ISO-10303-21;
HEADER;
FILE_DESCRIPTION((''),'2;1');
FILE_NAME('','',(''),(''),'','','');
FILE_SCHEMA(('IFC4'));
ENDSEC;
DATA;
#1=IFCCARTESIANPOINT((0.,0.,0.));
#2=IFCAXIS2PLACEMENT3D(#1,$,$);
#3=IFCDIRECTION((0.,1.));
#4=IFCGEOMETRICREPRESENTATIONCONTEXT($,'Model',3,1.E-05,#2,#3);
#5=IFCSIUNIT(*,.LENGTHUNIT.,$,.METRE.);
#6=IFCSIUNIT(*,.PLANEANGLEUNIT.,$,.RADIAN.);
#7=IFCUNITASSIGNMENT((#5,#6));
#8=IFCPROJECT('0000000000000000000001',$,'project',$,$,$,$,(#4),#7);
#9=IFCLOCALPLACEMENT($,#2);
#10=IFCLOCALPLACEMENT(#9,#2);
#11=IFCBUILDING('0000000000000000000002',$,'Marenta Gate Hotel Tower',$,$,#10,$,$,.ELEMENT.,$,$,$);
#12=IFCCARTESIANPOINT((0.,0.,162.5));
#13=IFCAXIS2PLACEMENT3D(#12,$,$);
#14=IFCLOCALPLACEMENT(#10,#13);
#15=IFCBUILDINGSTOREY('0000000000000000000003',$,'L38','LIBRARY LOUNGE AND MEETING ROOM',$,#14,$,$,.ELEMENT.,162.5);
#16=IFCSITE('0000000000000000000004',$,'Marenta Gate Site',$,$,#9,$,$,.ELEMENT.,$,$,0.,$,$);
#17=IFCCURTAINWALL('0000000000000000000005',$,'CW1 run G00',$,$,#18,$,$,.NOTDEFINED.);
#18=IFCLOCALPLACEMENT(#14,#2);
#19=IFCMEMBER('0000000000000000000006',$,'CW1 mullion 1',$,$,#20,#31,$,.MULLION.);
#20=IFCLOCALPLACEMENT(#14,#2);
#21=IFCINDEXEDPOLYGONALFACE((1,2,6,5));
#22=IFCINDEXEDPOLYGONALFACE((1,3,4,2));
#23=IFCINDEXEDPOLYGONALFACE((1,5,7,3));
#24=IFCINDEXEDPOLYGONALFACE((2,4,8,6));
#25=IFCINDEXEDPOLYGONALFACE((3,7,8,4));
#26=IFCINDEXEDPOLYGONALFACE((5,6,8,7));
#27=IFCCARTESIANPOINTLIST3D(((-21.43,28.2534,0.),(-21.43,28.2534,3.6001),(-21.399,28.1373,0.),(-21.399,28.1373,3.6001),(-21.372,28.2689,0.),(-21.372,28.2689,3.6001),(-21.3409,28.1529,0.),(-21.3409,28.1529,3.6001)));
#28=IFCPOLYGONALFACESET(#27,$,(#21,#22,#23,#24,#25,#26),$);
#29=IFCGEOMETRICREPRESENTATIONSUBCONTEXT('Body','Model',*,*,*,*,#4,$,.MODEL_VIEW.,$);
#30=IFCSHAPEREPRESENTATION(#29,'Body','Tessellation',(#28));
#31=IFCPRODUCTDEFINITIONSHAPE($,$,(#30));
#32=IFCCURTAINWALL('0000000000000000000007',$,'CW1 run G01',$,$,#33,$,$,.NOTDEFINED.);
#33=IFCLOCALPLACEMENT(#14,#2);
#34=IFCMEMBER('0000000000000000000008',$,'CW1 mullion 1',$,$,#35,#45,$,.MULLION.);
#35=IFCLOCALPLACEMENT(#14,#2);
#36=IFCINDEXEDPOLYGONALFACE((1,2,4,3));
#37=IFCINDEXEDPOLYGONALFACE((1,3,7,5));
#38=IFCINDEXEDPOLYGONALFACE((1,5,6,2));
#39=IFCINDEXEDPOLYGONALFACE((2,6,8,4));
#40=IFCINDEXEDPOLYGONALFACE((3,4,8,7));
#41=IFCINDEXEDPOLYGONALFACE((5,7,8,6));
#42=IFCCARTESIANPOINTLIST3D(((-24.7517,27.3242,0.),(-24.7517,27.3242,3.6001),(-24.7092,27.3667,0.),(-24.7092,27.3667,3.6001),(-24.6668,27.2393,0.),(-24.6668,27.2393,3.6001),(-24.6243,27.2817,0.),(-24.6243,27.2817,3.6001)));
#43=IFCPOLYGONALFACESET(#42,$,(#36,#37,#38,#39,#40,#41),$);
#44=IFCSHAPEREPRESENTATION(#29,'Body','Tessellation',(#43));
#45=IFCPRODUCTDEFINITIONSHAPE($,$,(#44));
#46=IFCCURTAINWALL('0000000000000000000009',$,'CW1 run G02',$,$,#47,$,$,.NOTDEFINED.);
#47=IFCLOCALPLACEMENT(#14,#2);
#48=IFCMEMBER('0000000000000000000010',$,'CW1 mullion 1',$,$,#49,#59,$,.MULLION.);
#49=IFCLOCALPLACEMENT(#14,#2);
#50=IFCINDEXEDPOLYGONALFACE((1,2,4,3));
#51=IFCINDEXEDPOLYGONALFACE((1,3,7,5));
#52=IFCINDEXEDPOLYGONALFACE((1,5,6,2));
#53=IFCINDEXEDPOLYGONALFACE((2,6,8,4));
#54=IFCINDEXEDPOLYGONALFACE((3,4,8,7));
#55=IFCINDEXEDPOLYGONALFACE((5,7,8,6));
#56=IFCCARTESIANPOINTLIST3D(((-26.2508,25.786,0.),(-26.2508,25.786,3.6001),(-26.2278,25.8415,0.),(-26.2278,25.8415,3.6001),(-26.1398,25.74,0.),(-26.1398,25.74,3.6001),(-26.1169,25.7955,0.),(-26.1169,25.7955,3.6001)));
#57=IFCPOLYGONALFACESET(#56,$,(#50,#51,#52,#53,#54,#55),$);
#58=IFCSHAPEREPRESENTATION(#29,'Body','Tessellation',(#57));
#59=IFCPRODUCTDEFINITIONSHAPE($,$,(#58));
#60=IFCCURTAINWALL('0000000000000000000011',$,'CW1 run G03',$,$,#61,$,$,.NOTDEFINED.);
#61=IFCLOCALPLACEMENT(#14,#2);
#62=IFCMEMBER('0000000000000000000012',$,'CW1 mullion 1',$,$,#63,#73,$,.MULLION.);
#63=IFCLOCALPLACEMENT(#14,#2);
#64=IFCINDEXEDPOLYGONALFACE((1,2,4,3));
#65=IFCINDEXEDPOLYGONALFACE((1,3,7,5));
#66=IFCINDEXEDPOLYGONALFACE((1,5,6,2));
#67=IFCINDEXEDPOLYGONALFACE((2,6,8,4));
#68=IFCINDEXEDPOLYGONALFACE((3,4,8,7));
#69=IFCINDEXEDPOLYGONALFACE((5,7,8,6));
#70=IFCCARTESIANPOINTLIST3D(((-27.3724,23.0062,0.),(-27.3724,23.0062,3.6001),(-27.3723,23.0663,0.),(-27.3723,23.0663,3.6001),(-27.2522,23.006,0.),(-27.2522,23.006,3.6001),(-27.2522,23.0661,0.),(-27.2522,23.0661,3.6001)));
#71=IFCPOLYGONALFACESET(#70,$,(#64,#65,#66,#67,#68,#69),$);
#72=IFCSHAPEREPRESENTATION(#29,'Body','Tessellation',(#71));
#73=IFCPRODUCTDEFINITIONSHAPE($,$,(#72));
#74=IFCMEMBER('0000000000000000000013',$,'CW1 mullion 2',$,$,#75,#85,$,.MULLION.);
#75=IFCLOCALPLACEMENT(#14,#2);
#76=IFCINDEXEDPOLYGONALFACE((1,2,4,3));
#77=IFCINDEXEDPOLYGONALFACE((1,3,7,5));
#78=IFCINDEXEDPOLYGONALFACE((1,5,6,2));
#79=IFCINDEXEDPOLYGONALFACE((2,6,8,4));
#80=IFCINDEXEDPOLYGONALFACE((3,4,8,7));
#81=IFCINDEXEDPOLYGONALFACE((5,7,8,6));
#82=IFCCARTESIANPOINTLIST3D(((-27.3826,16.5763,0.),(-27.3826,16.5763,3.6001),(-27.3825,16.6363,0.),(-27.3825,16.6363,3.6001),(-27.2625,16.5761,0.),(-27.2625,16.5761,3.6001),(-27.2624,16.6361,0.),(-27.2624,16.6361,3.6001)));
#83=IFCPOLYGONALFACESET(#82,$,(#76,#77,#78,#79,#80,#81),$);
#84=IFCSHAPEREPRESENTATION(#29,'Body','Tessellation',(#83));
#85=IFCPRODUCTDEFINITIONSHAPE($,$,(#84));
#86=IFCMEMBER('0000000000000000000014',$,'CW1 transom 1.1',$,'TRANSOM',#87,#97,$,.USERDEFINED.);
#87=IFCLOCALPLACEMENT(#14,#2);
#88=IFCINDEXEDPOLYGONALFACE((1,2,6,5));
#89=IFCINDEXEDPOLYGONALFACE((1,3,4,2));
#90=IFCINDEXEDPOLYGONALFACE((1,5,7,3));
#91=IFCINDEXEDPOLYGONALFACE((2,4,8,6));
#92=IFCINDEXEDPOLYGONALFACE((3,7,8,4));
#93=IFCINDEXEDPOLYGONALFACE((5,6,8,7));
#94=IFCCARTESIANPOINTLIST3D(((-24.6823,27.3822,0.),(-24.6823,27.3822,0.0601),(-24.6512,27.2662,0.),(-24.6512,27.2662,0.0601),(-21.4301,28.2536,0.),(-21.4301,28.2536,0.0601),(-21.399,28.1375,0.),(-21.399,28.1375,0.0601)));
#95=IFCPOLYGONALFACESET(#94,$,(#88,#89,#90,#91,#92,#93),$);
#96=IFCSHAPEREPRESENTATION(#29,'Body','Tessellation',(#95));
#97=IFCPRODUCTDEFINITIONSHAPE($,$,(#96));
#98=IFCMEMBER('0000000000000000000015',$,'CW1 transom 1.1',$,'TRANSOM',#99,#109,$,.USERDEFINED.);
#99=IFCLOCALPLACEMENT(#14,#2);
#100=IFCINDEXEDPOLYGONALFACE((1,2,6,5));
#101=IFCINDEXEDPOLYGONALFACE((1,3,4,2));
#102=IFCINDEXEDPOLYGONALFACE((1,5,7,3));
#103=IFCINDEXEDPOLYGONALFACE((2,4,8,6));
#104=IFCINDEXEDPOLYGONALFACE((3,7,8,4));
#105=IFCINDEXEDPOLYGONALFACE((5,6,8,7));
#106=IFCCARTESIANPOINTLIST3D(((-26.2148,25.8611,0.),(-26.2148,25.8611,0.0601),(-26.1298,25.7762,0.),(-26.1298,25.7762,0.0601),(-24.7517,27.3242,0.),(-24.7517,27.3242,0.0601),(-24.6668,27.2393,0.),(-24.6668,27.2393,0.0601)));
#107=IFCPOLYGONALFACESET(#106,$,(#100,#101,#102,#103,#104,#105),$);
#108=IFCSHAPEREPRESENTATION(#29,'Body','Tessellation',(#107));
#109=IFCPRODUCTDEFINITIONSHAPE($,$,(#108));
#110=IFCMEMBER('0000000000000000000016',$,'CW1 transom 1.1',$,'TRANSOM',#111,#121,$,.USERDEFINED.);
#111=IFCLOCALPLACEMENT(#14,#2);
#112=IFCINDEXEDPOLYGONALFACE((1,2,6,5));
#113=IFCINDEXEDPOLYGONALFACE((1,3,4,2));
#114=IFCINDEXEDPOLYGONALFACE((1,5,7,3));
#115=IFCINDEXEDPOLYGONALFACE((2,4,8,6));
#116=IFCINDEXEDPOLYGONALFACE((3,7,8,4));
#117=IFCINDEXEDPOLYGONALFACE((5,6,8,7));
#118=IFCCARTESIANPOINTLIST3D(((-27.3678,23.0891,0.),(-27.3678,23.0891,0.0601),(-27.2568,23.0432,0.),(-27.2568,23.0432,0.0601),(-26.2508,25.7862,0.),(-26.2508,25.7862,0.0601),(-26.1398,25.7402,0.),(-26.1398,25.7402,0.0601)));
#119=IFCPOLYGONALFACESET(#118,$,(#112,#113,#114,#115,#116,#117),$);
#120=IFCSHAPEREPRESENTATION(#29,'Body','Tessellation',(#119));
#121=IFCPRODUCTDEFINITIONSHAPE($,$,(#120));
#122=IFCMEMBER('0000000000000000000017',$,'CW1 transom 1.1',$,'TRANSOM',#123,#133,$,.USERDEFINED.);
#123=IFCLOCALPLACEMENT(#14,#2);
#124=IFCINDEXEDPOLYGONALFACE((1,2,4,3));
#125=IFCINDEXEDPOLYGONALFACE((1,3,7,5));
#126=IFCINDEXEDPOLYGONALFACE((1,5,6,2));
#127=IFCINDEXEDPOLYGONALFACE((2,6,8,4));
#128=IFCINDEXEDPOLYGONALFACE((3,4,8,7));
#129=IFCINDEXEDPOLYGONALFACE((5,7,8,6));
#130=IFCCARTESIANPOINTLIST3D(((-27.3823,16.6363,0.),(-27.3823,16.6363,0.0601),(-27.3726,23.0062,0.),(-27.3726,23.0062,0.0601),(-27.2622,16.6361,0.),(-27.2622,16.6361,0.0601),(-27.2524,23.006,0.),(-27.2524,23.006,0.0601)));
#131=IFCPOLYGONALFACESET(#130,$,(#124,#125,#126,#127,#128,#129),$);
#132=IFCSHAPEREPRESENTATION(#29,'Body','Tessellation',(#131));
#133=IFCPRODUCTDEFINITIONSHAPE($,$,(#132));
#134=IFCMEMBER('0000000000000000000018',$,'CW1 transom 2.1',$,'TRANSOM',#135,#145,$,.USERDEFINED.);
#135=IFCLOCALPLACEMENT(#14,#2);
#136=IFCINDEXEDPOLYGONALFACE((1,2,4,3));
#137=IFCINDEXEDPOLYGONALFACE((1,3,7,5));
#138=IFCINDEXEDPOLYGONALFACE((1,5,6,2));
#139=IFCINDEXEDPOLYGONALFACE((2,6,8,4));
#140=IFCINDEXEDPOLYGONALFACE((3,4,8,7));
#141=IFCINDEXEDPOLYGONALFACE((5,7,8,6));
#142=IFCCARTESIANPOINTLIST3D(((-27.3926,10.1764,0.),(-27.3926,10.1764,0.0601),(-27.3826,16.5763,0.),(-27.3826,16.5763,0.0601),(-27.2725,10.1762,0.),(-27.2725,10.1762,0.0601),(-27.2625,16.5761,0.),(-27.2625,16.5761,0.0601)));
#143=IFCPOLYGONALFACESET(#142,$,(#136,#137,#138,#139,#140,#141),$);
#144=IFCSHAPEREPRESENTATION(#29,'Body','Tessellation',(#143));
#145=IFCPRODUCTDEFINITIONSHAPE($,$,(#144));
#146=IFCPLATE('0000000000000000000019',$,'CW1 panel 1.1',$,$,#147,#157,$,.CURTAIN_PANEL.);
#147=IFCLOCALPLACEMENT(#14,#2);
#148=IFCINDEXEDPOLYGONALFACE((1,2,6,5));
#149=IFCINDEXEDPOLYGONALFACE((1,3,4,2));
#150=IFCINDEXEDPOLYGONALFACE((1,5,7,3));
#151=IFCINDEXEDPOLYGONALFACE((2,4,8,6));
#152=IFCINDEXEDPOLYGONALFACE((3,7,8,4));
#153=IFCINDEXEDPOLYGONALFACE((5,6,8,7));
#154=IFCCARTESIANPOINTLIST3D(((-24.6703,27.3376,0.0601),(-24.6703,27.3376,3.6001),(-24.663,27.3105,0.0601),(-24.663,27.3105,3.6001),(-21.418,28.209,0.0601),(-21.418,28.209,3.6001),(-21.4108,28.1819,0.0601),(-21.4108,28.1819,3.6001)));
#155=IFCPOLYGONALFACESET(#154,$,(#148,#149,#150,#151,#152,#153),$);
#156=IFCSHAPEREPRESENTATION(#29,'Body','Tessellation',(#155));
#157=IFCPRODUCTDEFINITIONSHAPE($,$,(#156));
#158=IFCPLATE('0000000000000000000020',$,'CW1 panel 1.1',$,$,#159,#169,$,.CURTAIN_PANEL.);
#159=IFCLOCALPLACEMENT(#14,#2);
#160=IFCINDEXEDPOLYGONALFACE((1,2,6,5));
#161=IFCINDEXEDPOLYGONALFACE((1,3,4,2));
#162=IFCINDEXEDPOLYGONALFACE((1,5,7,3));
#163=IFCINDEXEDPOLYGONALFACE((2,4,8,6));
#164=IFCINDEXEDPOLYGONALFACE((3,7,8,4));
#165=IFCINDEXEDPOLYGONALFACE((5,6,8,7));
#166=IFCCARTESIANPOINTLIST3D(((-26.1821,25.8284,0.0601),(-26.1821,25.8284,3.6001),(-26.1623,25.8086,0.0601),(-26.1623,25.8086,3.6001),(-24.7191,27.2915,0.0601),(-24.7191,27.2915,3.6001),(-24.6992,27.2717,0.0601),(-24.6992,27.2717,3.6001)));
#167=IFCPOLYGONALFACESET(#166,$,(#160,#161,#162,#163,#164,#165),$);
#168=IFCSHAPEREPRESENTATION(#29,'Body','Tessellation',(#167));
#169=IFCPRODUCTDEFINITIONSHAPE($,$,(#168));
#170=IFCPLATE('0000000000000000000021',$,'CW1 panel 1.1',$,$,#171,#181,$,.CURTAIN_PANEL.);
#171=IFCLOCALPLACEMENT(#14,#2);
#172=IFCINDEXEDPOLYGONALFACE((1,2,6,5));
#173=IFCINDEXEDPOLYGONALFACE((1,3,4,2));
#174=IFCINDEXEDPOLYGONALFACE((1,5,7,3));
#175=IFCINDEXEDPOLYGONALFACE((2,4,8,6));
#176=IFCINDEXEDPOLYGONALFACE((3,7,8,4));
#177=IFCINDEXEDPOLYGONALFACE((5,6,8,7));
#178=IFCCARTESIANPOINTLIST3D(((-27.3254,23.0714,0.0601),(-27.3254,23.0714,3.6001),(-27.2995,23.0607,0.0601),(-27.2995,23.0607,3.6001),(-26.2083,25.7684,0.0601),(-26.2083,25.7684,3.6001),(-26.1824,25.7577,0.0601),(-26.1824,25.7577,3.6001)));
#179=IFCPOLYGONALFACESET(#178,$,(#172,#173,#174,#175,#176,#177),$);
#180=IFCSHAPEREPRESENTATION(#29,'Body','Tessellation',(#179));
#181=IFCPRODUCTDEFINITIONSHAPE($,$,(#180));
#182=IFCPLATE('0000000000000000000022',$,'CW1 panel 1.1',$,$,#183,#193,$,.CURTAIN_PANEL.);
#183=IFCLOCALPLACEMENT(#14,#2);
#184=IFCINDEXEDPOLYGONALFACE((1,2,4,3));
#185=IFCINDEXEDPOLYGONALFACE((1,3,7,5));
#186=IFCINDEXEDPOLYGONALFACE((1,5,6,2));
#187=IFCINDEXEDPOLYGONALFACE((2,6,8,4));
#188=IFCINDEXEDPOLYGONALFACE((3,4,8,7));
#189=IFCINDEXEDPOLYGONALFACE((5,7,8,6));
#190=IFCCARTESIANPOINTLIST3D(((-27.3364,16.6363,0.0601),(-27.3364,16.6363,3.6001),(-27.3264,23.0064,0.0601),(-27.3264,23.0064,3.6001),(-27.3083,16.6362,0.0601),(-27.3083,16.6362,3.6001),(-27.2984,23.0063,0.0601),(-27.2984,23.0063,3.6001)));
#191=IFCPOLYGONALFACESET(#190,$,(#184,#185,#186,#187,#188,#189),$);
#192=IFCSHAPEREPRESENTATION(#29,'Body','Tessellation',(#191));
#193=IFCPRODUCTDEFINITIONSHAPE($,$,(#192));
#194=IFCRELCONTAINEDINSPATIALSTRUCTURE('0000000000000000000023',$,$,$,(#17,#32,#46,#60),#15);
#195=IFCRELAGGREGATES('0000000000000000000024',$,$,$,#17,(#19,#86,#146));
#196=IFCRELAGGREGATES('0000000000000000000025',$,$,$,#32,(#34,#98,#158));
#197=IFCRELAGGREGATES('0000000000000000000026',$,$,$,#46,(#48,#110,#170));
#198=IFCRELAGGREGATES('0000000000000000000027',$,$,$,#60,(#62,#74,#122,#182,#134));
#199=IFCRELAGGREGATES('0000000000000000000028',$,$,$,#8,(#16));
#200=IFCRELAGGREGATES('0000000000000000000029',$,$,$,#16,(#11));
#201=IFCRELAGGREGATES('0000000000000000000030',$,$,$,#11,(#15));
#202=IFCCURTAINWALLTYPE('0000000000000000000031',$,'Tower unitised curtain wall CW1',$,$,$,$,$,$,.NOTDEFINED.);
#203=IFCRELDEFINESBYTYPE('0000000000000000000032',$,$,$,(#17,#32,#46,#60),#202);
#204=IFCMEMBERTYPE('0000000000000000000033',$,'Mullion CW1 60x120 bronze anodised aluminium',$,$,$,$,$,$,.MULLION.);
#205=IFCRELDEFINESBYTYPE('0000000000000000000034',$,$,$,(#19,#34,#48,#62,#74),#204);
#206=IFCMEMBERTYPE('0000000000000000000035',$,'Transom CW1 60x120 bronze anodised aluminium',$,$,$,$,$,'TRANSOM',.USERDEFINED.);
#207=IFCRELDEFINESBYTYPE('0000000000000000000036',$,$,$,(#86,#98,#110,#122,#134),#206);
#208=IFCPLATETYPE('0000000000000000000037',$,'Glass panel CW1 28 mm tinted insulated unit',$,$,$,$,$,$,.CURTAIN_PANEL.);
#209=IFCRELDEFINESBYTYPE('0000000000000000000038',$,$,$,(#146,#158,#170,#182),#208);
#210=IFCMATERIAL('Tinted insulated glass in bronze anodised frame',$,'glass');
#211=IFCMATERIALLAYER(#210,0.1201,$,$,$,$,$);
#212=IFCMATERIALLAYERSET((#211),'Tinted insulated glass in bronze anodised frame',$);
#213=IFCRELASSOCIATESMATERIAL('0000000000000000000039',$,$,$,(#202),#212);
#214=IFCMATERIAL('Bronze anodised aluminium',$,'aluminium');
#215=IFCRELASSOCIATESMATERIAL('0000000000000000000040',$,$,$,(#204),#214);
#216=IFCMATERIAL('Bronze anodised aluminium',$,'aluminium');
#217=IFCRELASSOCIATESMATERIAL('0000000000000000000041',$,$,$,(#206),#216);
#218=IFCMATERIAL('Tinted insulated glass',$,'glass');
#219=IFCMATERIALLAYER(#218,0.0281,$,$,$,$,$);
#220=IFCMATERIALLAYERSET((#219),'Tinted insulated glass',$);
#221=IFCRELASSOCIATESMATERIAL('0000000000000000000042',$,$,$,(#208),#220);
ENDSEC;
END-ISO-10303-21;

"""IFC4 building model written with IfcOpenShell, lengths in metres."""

from ifc_helpers import new_model, si_unit, direction, frame, origin, origin_2d, place, context, subcontext, project, spatial, rectangle, extrude, material, layer, layer_set, material_profile, profile_set, type_object, element, aggregate, save


model = new_model("IFC4")

# Units and contexts
model_context = context("Model", 3, precision=1e-05, world=origin(), true_north=direction((0.0, 1.0)))
body_context = subcontext(model_context, "Body", "Model", "MODEL_VIEW")
ifc_project = project(units=[si_unit("LENGTHUNIT", "METRE"), si_unit("PLANEANGLEUNIT", "RADIAN")], contexts=[model_context])

# Site, building, storey
site_placement = place(None, origin())
site = spatial("IfcSite", under=ifc_project, at=site_placement, Name="Marenta Gate Site", CompositionType="ELEMENT", RefElevation=0.0)
building_placement = place(site_placement, origin())
building = spatial("IfcBuilding", under=site, at=building_placement, Name="Marenta Gate Hotel Tower", CompositionType="ELEMENT")
storey_placement = place(building_placement, frame((0.0, 0.0, 162.5)))
storey = spatial("IfcBuildingStorey", under=building, at=storey_placement, Name="L38", Description="LIBRARY LOUNGE AND MEETING ROOM", CompositionType="ELEMENT", Elevation=162.5)

# Curtain walls, members
ifc_material_1 = material(Name="Tinted insulated glass in bronze anodised frame", Category="glass")
ifc_layer_1 = layer(ifc_material_1, 0.1201)
ifc_layer_set_1 = layer_set([ifc_layer_1], Name="Tinted insulated glass in bronze anodised frame")
curtain_wall_type = type_object("IfcCurtainWallType", Name="Tower unitised curtain wall CW1", PredefinedType="NOTDEFINED", material=ifc_layer_set_1)
curtain_wall_1_placement = place(storey_placement, origin())
curtain_wall_1 = element("IfcCurtainWall", 1, at=curtain_wall_1_placement, inside=storey, type_object=curtain_wall_type, Name="CW1 run G00", PredefinedType="NOTDEFINED")
ifc_material_2 = material(Name="Bronze anodised aluminium", Category="aluminium")
ifc_material_profile_1 = material_profile(ifc_material_2, rectangle(XDim=0.1201, YDim=0.0601, at=origin_2d()), Name="Mullion CW1 60x120 bronze anodised aluminium")
ifc_profile_set_1 = profile_set([ifc_material_profile_1], Name="Bronze anodised aluminium")
member_type_1 = type_object("IfcMemberType", Name="Mullion CW1 60x120 bronze anodised aluminium", PredefinedType="MULLION", material=ifc_profile_set_1)
member_1_placement = place(storey_placement, frame((-21.3855, 28.2031, 0.0), z_axis=(0.0, 0.0, 1.0), x_axis=(0.258801, -0.965931, 0.0)))
member_1 = element("IfcMember", 2, at=member_1_placement, type_object=member_type_1, Name="CW1 mullion 1", PredefinedType="MULLION", context=body_context, shape_type="SweptSolid", body=[
    extrude(rectangle(XDim=0.1201, YDim=0.0601, at=origin_2d()), origin(), (0.0, 0.0, 1.0), 3.6001),
])
curtain_wall_2_placement = place(storey_placement, origin())
curtain_wall_2 = element("IfcCurtainWall", 3, at=curtain_wall_2_placement, inside=storey, type_object=curtain_wall_type, Name="CW1 run G01", PredefinedType="NOTDEFINED")
member_2_placement = place(storey_placement, frame((-24.688, 27.303, 0.0), z_axis=(0.0, 0.0, 1.0), x_axis=(0.707107, -0.707107, 0.0)))
member_2 = element("IfcMember", 4, at=member_2_placement, type_object=member_type_1, Name="CW1 mullion 1", PredefinedType="MULLION", context=body_context, shape_type="SweptSolid", body=[
    extrude(rectangle(XDim=0.1201, YDim=0.0601, at=origin_2d()), origin(), (0.0, 0.0, 1.0), 3.6001),
])
curtain_wall_3_placement = place(storey_placement, origin())
curtain_wall_3 = element("IfcCurtainWall", 5, at=curtain_wall_3_placement, inside=storey, type_object=curtain_wall_type, Name="CW1 run G02", PredefinedType="NOTDEFINED")
member_3_placement = place(storey_placement, frame((-26.1838, 25.7908, 0.0), z_axis=(0.0, 0.0, 1.0), x_axis=(0.923884, -0.382672, 0.0)))
member_3 = element("IfcMember", 6, at=member_3_placement, type_object=member_type_1, Name="CW1 mullion 1", PredefinedType="MULLION", context=body_context, shape_type="SweptSolid", body=[
    extrude(rectangle(XDim=0.1201, YDim=0.0601, at=origin_2d()), origin(), (0.0, 0.0, 1.0), 3.6001),
])

# Curtain wall, members
curtain_wall_4_placement = place(storey_placement, origin())
curtain_wall_4 = element("IfcCurtainWall", 7, at=curtain_wall_4_placement, inside=storey, type_object=curtain_wall_type, Name="CW1 run G03", PredefinedType="NOTDEFINED")
member_4_placement = place(storey_placement, frame((-27.3123, 23.0361, 0.0), z_axis=(0.0, 0.0, 1.0), x_axis=(0.999999, -0.001566, 0.0)))
member_4 = element("IfcMember", 8, at=member_4_placement, type_object=member_type_1, Name="CW1 mullion 1", PredefinedType="MULLION", context=body_context, shape_type="SweptSolid", body=[
    extrude(rectangle(XDim=0.1201, YDim=0.0601, at=origin_2d()), origin(), (0.0, 0.0, 1.0), 3.6001),
])
member_5_placement = place(storey_placement, frame((-27.3225, 16.6062, 0.0), z_axis=(0.0, 0.0, 1.0), x_axis=(0.999999, -0.001566, 0.0)))
member_5 = element("IfcMember", 9, at=member_5_placement, type_object=member_type_1, Name="CW1 mullion 2", PredefinedType="MULLION", context=body_context, shape_type="SweptSolid", body=[
    extrude(rectangle(XDim=0.1201, YDim=0.0601, at=origin_2d()), origin(), (0.0, 0.0, 1.0), 3.6001),
])

# Members
ifc_material_3 = material(Name="Bronze anodised aluminium", Category="aluminium")
ifc_material_profile_2 = material_profile(ifc_material_3, rectangle(XDim=0.1201, YDim=0.0601, at=origin_2d()), Name="Transom CW1 60x120 bronze anodised aluminium")
ifc_profile_set_2 = profile_set([ifc_material_profile_2], Name="Bronze anodised aluminium")
member_type_2 = type_object("IfcMemberType", Name="Transom CW1 60x120 bronze anodised aluminium", ElementType="TRANSOM", PredefinedType="USERDEFINED", material=ifc_profile_set_2)
member_6_placement = place(storey_placement, frame((-21.4146, 28.1956, 0.03), z_axis=(-0.965932, -0.258795, 0.0), x_axis=(0.258795, -0.965932, 0.0)))
member_6 = element("IfcMember", 10, at=member_6_placement, type_object=member_type_2, Name="CW1 transom 1.1", ObjectType="TRANSOM", PredefinedType="USERDEFINED", context=body_context, shape_type="SweptSolid", body=[
    extrude(rectangle(XDim=0.1201, YDim=0.0601, at=origin_2d()), origin(), (0.0, 0.0, 1.0), 3.3669),
])
member_7_placement = place(storey_placement, frame((-24.7092, 27.2817, 0.03), z_axis=(-0.707107, -0.707107, 0.0), x_axis=(0.707107, -0.707107, 0.0)))
member_7 = element("IfcMember", 11, at=member_7_placement, type_object=member_type_2, Name="CW1 transom 1.1", ObjectType="TRANSOM", PredefinedType="USERDEFINED", context=body_context, shape_type="SweptSolid", body=[
    extrude(rectangle(XDim=0.1201, YDim=0.0601, at=origin_2d()), origin(), (0.0, 0.0, 1.0), 2.0691),
])
member_8_placement = place(storey_placement, frame((-26.1953, 25.7632, 0.03), z_axis=(-0.382625, -0.923904, 0.0), x_axis=(0.923904, -0.382625, 0.0)))
member_8 = element("IfcMember", 12, at=member_8_placement, type_object=member_type_2, Name="CW1 transom 1.1", ObjectType="TRANSOM", PredefinedType="USERDEFINED", context=body_context, shape_type="SweptSolid", body=[
    extrude(rectangle(XDim=0.1201, YDim=0.0601, at=origin_2d()), origin(), (0.0, 0.0, 1.0), 2.9192),
])
member_9_placement = place(storey_placement, frame((-27.3125, 23.0061, 0.03), z_axis=(-0.001533, -0.999999, 0.0), x_axis=(0.999999, -0.001533, 0.0)))
member_9 = element("IfcMember", 13, at=member_9_placement, type_object=member_type_2, Name="CW1 transom 1.1", ObjectType="TRANSOM", PredefinedType="USERDEFINED", context=body_context, shape_type="SweptSolid", body=[
    extrude(rectangle(XDim=0.1201, YDim=0.0601, at=origin_2d()), origin(), (0.0, 0.0, 1.0), 6.3699),
])
member_10_placement = place(storey_placement, frame((-27.3225, 16.5762, 0.03), z_axis=(-0.001564, -0.999999, 0.0), x_axis=(0.999999, -0.001564, 0.0)))
member_10 = element("IfcMember", 14, at=member_10_placement, type_object=member_type_2, Name="CW1 transom 2.1", ObjectType="TRANSOM", PredefinedType="USERDEFINED", context=body_context, shape_type="SweptSolid", body=[
    extrude(rectangle(XDim=0.1201, YDim=0.0601, at=origin_2d()), origin(), (0.0, 0.0, 1.0), 6.3999),
])

# Plates
ifc_material_4 = material(Name="Tinted insulated glass", Category="glass")
ifc_layer_2 = layer(ifc_material_4, 0.0281)
ifc_layer_set_2 = layer_set([ifc_layer_2], Name="Tinted insulated glass")
plate_type = type_object("IfcPlateType", Name="Glass panel CW1 28 mm tinted insulated unit", PredefinedType="CURTAIN_PANEL", material=ifc_layer_set_2)
plate_1_placement = place(storey_placement, frame((-23.0405, 27.7598, 0.0601), z_axis=(0.0, 0.0, 1.0), x_axis=(-0.965931, -0.258801, 0.0)))
plate_1 = element("IfcPlate", 15, at=plate_1_placement, type_object=plate_type, Name="CW1 panel 1.1", PredefinedType="CURTAIN_PANEL", context=body_context, shape_type="SweptSolid", body=[
    extrude(rectangle(XDim=3.3669, YDim=0.0281, at=origin_2d()), origin(), (0.0, 0.0, 1.0), 3.54),
])
aggregate(curtain_wall_1, [member_1, member_6, plate_1])
plate_2_placement = place(storey_placement, frame((-25.4407, 26.55, 0.0601), z_axis=(0.0, 0.0, 1.0), x_axis=(-0.707107, -0.707107, 0.0)))
plate_2 = element("IfcPlate", 16, at=plate_2_placement, type_object=plate_type, Name="CW1 panel 1.1", PredefinedType="CURTAIN_PANEL", context=body_context, shape_type="SweptSolid", body=[
    extrude(rectangle(XDim=2.0691, YDim=0.0281, at=origin_2d()), origin(), (0.0, 0.0, 1.0), 3.54),
])
aggregate(curtain_wall_2, [member_2, member_7, plate_2])
plate_3_placement = place(storey_placement, frame((-26.7539, 24.4146, 0.0601), z_axis=(0.0, 0.0, 1.0), x_axis=(-0.382672, -0.923884, 0.0)))
plate_3 = element("IfcPlate", 17, at=plate_3_placement, type_object=plate_type, Name="CW1 panel 1.1", PredefinedType="CURTAIN_PANEL", context=body_context, shape_type="SweptSolid", body=[
    extrude(rectangle(XDim=2.9192, YDim=0.0281, at=origin_2d()), origin(), (0.0, 0.0, 1.0), 3.54),
])
aggregate(curtain_wall_3, [member_3, member_8, plate_3])
plate_4_placement = place(storey_placement, frame((-27.3174, 19.8213, 0.0601), z_axis=(0.0, 0.0, 1.0), x_axis=(-0.001566, -0.999999, 0.0)))
plate_4 = element("IfcPlate", 18, at=plate_4_placement, type_object=plate_type, Name="CW1 panel 1.1", PredefinedType="CURTAIN_PANEL", context=body_context, shape_type="SweptSolid", body=[
    extrude(rectangle(XDim=6.3701, YDim=0.0281, at=origin_2d()), origin(), (0.0, 0.0, 1.0), 3.54),
])
aggregate(curtain_wall_4, [member_4, member_5, member_9, plate_4, member_10])

save(model, "model.ifc")
